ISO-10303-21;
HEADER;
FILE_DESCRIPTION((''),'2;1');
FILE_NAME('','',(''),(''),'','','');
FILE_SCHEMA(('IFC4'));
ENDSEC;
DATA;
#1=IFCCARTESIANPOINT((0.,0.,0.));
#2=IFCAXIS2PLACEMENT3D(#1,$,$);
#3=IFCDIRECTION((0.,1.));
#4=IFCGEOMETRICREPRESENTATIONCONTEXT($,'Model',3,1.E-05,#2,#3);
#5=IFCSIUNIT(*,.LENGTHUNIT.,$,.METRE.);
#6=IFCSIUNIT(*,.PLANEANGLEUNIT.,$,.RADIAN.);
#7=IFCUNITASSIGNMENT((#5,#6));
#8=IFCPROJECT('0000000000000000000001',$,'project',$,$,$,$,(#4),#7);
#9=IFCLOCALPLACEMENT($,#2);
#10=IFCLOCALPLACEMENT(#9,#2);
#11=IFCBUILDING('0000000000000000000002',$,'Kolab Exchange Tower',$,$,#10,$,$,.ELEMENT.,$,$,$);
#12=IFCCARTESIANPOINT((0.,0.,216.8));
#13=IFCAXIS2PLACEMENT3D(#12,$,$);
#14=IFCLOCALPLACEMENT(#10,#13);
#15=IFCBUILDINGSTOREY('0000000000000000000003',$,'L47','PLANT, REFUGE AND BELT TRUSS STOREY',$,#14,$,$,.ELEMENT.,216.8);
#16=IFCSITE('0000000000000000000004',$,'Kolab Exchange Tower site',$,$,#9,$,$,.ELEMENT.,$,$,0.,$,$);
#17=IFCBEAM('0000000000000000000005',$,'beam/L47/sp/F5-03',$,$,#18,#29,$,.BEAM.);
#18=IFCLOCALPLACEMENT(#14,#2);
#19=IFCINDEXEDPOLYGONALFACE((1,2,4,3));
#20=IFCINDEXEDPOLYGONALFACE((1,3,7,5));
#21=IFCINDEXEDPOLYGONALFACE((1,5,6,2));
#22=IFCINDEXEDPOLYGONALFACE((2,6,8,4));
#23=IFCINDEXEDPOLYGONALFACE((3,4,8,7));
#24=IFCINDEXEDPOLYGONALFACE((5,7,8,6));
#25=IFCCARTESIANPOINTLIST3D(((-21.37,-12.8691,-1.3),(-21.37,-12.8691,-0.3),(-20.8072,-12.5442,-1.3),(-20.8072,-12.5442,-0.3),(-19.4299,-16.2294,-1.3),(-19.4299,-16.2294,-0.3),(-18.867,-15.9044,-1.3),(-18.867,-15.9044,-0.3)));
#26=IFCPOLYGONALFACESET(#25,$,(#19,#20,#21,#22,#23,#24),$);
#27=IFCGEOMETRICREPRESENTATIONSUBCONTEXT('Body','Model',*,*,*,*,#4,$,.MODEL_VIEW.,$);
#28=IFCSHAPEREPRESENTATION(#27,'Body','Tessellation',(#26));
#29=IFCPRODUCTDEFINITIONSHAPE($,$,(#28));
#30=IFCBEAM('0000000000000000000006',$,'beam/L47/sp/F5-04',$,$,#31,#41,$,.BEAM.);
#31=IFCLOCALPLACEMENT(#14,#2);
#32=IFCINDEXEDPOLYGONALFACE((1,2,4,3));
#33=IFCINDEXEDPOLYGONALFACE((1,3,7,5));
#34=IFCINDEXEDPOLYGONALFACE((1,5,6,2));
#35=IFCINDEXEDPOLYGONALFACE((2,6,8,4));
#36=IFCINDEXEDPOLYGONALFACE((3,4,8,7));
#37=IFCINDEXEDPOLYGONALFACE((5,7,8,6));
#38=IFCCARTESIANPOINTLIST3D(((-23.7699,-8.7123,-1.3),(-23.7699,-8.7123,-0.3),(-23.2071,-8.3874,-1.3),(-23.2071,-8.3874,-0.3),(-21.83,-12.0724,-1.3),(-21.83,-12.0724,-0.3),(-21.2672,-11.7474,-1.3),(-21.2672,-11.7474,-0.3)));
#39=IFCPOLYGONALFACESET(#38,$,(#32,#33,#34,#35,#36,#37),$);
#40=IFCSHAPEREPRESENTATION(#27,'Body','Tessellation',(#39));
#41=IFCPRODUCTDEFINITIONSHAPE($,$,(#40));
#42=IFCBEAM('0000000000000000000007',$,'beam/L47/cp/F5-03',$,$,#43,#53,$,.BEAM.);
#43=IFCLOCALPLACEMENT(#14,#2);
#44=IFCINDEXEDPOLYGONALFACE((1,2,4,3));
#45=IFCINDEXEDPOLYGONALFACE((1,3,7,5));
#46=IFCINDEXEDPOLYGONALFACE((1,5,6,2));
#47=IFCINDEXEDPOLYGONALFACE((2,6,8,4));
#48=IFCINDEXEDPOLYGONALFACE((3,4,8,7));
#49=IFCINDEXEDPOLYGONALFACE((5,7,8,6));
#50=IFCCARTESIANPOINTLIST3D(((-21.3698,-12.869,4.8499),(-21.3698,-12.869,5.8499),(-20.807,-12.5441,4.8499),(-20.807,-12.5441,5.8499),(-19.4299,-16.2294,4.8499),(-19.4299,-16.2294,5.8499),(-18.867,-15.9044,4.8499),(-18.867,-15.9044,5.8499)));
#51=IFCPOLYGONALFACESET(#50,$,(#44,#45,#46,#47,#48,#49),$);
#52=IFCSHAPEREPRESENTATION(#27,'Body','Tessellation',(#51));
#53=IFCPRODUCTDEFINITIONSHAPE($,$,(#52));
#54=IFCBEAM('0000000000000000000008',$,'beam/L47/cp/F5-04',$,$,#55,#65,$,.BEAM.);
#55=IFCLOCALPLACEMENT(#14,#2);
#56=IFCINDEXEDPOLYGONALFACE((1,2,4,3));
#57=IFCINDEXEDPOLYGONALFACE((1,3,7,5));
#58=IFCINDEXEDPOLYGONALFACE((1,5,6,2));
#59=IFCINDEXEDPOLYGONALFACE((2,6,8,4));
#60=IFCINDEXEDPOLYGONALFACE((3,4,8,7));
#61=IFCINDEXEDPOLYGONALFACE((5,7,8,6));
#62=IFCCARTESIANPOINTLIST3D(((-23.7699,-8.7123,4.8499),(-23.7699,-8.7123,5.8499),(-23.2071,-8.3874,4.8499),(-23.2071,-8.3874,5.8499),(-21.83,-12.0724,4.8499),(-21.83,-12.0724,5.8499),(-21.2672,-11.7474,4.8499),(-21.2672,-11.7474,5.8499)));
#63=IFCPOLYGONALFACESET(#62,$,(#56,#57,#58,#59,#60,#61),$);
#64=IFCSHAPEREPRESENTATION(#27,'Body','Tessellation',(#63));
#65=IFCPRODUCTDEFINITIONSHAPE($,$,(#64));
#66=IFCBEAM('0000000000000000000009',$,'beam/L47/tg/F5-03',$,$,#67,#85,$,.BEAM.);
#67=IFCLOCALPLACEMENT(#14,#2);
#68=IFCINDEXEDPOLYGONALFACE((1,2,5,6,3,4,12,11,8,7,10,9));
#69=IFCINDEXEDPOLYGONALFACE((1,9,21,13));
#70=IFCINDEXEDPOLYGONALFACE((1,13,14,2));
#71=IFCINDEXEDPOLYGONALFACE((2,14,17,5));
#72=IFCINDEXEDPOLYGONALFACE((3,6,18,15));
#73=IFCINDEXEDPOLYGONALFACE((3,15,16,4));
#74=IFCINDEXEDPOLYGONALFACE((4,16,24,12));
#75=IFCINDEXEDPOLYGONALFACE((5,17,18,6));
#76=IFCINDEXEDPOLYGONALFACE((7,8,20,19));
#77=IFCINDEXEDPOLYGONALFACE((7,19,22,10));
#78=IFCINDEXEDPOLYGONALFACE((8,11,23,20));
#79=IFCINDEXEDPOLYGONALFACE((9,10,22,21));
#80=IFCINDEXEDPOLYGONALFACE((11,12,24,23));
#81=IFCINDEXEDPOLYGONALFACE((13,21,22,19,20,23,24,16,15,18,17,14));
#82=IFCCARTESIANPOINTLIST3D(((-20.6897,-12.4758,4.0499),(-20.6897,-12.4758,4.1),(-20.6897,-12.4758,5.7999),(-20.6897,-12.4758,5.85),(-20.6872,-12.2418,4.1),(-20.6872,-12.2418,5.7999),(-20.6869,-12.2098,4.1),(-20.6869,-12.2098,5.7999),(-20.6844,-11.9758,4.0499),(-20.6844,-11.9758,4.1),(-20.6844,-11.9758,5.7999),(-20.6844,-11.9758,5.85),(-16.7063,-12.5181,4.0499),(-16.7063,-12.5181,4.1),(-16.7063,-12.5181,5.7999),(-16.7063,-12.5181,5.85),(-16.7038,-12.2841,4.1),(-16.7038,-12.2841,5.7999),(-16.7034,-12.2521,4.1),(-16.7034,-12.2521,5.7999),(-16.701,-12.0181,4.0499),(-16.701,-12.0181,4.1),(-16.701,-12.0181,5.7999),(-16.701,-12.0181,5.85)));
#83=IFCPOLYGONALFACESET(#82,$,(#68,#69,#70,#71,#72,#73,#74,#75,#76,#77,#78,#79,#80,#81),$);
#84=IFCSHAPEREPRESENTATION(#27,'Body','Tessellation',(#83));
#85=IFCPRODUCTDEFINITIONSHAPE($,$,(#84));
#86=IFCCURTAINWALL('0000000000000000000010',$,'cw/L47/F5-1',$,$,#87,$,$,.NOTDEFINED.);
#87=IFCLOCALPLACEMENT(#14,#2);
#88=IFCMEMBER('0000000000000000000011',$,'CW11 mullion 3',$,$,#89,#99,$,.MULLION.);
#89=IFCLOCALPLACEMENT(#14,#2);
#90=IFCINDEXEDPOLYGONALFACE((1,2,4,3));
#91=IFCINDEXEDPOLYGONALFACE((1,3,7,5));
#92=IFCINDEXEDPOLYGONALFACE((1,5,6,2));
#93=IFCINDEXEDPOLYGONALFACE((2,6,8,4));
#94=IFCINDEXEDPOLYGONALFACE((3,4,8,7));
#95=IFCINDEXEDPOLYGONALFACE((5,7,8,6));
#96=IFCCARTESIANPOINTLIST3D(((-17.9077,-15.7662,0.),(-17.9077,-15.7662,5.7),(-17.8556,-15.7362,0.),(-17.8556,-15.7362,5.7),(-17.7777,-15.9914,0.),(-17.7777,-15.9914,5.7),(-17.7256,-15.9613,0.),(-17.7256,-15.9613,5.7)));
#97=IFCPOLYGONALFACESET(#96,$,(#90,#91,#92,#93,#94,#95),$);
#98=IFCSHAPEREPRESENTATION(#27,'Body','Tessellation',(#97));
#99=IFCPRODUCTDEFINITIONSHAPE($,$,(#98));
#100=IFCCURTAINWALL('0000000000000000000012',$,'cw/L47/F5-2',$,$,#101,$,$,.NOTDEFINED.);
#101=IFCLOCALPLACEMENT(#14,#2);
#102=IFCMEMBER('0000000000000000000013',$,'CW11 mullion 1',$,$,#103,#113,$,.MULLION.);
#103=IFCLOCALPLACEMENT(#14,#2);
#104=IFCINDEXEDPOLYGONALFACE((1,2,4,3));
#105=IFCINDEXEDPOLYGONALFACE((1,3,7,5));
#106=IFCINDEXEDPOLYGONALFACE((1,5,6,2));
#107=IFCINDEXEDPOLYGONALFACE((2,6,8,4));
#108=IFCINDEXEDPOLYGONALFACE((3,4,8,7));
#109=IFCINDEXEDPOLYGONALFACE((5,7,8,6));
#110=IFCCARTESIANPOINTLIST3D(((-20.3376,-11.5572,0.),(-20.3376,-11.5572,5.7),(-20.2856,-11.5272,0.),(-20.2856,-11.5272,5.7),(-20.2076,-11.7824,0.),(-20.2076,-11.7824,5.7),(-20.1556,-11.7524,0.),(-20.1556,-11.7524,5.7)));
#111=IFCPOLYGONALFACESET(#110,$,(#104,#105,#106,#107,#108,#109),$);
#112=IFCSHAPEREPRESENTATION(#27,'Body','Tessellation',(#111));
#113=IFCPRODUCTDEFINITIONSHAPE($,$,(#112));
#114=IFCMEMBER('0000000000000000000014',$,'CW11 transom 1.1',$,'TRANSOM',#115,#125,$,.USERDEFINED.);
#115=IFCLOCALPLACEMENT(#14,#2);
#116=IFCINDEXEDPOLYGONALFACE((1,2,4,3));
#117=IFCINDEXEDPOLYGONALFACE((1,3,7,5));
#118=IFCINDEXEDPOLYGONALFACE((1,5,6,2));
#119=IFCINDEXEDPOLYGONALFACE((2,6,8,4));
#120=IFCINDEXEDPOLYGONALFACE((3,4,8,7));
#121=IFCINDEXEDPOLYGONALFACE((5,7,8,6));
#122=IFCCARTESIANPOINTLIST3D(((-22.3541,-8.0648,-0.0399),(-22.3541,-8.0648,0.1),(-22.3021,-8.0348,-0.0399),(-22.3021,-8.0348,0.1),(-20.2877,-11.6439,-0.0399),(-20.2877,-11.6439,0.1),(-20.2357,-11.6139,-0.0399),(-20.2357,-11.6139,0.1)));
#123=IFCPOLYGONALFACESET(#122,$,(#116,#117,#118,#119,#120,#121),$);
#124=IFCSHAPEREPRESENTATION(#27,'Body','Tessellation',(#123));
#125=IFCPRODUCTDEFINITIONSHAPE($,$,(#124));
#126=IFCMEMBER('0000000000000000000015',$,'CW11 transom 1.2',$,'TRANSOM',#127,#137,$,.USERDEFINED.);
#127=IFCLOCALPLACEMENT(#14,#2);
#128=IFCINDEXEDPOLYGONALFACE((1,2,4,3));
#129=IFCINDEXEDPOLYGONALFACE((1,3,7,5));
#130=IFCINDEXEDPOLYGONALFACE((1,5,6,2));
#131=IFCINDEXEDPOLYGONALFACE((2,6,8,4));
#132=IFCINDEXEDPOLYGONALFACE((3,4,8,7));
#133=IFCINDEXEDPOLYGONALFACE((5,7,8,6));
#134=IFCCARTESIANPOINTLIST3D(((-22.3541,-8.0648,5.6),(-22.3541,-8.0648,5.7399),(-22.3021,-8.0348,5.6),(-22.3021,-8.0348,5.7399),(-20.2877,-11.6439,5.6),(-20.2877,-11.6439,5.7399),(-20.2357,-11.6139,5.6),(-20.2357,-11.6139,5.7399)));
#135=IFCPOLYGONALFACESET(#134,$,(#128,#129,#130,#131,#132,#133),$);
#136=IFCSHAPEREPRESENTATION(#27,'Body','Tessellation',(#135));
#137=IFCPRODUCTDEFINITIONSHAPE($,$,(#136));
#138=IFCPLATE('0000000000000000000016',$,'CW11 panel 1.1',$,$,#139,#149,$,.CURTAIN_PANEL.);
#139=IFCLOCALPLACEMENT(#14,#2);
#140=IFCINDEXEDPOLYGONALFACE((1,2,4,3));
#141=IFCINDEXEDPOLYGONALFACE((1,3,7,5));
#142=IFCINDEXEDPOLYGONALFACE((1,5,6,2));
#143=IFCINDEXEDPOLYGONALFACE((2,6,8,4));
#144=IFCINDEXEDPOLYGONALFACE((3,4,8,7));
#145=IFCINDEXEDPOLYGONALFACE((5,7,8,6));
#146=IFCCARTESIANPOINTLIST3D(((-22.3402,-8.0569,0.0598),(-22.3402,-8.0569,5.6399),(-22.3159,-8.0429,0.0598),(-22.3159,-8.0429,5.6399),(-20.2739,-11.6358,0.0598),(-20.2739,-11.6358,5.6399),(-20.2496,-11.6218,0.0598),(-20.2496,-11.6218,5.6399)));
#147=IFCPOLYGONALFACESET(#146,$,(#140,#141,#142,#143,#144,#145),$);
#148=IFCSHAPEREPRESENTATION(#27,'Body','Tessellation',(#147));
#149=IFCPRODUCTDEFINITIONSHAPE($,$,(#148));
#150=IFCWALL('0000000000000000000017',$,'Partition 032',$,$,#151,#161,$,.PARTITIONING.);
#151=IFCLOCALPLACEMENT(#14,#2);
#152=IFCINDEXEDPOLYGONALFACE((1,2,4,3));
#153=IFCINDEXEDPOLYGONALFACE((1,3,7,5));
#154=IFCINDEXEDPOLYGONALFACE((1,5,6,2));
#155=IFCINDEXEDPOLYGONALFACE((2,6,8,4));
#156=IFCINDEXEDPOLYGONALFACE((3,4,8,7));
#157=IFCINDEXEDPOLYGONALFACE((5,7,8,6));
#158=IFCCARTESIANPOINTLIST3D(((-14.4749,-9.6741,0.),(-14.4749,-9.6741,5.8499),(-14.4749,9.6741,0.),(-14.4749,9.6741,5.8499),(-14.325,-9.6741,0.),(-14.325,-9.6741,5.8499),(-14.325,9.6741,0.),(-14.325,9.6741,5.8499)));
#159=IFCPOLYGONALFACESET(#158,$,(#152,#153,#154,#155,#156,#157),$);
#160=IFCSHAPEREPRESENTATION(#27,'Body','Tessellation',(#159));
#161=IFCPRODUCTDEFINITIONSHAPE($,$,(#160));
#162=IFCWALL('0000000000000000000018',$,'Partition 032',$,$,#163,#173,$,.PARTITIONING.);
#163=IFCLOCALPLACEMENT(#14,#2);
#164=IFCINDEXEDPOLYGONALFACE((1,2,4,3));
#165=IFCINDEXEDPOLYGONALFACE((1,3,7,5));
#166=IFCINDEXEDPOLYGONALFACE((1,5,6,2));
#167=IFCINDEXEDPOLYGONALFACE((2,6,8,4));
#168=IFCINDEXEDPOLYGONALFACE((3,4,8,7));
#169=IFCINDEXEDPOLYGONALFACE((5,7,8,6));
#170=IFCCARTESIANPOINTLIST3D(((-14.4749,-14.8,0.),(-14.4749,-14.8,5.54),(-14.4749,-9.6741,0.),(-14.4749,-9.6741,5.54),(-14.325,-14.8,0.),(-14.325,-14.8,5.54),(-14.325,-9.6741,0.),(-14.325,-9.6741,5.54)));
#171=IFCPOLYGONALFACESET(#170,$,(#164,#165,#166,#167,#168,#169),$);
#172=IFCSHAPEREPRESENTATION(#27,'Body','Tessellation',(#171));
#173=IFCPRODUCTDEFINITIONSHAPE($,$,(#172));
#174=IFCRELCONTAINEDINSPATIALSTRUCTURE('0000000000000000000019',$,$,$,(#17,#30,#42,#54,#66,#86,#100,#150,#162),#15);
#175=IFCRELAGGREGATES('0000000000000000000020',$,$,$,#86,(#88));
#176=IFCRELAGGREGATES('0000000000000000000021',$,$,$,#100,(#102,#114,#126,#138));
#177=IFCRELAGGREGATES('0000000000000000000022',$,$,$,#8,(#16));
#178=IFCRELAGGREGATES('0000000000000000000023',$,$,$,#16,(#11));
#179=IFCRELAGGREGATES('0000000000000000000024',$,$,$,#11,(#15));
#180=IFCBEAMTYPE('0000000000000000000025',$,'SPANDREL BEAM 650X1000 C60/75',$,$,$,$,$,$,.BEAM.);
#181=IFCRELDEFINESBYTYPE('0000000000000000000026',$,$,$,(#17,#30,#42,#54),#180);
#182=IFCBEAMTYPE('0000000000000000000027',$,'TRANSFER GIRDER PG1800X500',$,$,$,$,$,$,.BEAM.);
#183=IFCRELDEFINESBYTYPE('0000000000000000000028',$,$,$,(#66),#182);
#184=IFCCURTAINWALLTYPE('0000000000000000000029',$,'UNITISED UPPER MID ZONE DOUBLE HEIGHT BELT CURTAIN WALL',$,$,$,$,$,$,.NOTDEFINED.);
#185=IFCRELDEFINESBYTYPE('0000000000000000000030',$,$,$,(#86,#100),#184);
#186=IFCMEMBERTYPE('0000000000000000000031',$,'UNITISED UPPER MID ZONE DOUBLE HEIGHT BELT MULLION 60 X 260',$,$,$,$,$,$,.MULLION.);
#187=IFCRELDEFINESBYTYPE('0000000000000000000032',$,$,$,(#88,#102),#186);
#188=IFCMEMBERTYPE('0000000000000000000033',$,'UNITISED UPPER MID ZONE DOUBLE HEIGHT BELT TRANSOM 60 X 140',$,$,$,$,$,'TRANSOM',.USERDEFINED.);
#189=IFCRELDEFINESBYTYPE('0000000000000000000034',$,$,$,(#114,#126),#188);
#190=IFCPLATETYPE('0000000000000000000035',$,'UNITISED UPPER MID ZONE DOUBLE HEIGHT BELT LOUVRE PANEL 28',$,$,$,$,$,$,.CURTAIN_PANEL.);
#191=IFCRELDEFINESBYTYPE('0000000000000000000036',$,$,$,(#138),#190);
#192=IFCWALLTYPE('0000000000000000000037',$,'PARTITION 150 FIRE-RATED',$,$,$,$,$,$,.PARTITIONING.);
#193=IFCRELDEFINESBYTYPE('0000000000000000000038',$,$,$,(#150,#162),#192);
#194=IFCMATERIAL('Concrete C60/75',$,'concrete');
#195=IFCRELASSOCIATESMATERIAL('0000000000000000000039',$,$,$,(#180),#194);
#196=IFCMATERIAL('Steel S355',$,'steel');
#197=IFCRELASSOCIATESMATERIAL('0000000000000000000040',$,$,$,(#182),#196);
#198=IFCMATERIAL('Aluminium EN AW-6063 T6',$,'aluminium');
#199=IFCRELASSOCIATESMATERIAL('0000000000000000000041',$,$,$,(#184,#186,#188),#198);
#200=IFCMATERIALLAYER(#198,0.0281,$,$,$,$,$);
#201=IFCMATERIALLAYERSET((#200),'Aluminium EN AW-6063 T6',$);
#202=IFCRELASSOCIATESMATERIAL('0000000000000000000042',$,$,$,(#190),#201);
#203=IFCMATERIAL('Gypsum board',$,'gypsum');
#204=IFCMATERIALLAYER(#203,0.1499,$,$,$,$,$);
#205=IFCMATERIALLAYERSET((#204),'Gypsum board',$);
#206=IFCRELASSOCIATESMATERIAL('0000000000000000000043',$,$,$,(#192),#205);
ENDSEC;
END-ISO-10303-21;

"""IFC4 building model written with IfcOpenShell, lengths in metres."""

from ifc_helpers import new_model, si_unit, direction, frame, frame_2d, origin, origin_2d, place, context, subcontext, project, spatial, rectangle, i_section, extrude, material, layer, layer_set, material_profile, profile_set, type_object, element, aggregate, save


model = new_model("IFC4")

# Units and contexts
model_context = context("Model", 3, precision=1e-05, world=origin(), true_north=direction((0.0, 1.0)))
body_context = subcontext(model_context, "Body", "Model", "MODEL_VIEW")
ifc_project = project(units=[si_unit("LENGTHUNIT", "METRE"), si_unit("PLANEANGLEUNIT", "RADIAN")], contexts=[model_context])

# Site, building, storey
site_placement = place(None, origin())
site = spatial("IfcSite", under=ifc_project, at=site_placement, Name="Kolab Exchange Tower site", CompositionType="ELEMENT", RefElevation=0.0)
building_placement = place(site_placement, origin())
building = spatial("IfcBuilding", under=site, at=building_placement, Name="Kolab Exchange Tower", CompositionType="ELEMENT")
storey_placement = place(building_placement, frame((0.0, 0.0, 216.8)))
storey = spatial("IfcBuildingStorey", under=building, at=storey_placement, Name="L47", Description="PLANT, REFUGE AND BELT TRUSS STOREY", CompositionType="ELEMENT", Elevation=216.8)

# Shared definitions
ifc_material_1 = material(Name="Concrete C60/75", Category="concrete")

# Shared definitions
ifc_material_2 = material(Name="Steel S355", Category="steel")

# Beams
ifc_material_profile_1 = material_profile(ifc_material_1, rectangle(XDim=0.6499, YDim=1.0, at=origin_2d()), Name="RC650X1000")
ifc_profile_set_1 = profile_set([ifc_material_profile_1], Name="Concrete C60/75")
beam_type_1 = type_object("IfcBeamType", Name="SPANDREL BEAM 650X1000 C60/75", PredefinedType="BEAM", material=ifc_profile_set_1)
beam_1_placement = place(storey_placement, frame((-19.1484, -16.0669, -0.8), z_axis=(-0.500017, 0.866016, 0.0), x_axis=(-0.866016, -0.500017, 0.0)))
element("IfcBeam", 1, at=beam_1_placement, inside=storey, type_object=beam_type_1, Name="beam/L47/sp/F5-03", PredefinedType="BEAM", context=body_context, shape_type="SweptSolid", body=[
    extrude(rectangle(XDim=0.6499, YDim=1.0, at=origin_2d()), origin(), (0.0, 0.0, 1.0), 3.8801),
])
beam_2_placement = place(storey_placement, frame((-21.5486, -11.9099, -0.8), z_axis=(-0.499997, 0.866027, 0.0), x_axis=(-0.866027, -0.499997, 0.0)))
element("IfcBeam", 2, at=beam_2_placement, inside=storey, type_object=beam_type_1, Name="beam/L47/sp/F5-04", PredefinedType="BEAM", context=body_context, shape_type="SweptSolid", body=[
    extrude(rectangle(XDim=0.6499, YDim=1.0, at=origin_2d()), origin(), (0.0, 0.0, 1.0), 3.8799),
])
beam_3_placement = place(storey_placement, frame((-19.1484, -16.0669, 5.3499), z_axis=(-0.499969, 0.866043, 0.0), x_axis=(-0.866043, -0.499969, 0.0)))
element("IfcBeam", 3, at=beam_3_placement, inside=storey, type_object=beam_type_1, Name="beam/L47/cp/F5-03", PredefinedType="BEAM", context=body_context, shape_type="SweptSolid", body=[
    extrude(rectangle(XDim=0.6499, YDim=1.0, at=origin_2d()), origin(), (0.0, 0.0, 1.0), 3.8801),
])
beam_4_placement = place(storey_placement, frame((-21.5486, -11.9099, 5.3499), z_axis=(-0.499997, 0.866027, 0.0), x_axis=(-0.866027, -0.499997, 0.0)))
element("IfcBeam", 4, at=beam_4_placement, inside=storey, type_object=beam_type_1, Name="beam/L47/cp/F5-04", PredefinedType="BEAM", context=body_context, shape_type="SweptSolid", body=[
    extrude(rectangle(XDim=0.6499, YDim=1.0, at=origin_2d()), origin(), (0.0, 0.0, 1.0), 3.8799),
])
ifc_material_profile_2 = material_profile(ifc_material_2, i_section(OverallWidth=0.5, OverallDepth=1.8, WebThickness=0.032, FlangeThickness=0.05, at=origin_2d()), Name="PG1800X500")
ifc_profile_set_2 = profile_set([ifc_material_profile_2], Name="Steel S355")
beam_type_2 = type_object("IfcBeamType", Name="TRANSFER GIRDER PG1800X500", PredefinedType="BEAM", material=ifc_profile_set_2)
beam_5_placement = place(storey_placement, frame((-16.7036, -12.2681, 4.95), z_axis=(-0.999944, 0.010602, 0.0), x_axis=(-0.010602, -0.999944, 0.0)))
element("IfcBeam", 5, at=beam_5_placement, inside=storey, type_object=beam_type_2, Name="beam/L47/tg/F5-03", PredefinedType="BEAM", context=body_context, shape_type="SweptSolid", body=[
    extrude(i_section(OverallWidth=0.5, OverallDepth=1.8, WebThickness=0.032, FlangeThickness=0.05, at=origin_2d()), origin(), (0.0, 0.0, 1.0), 3.9836),
])

# Curtain wall, member
ifc_material_3 = material(Name="Aluminium EN AW-6063 T6", Category="aluminium")
curtain_wall_type = type_object("IfcCurtainWallType", Name="UNITISED UPPER MID ZONE DOUBLE HEIGHT BELT CURTAIN WALL", PredefinedType="NOTDEFINED", material=ifc_material_3)
curtain_wall_1_placement = place(storey_placement, origin())
curtain_wall_1 = element("IfcCurtainWall", 6, at=curtain_wall_1_placement, inside=storey, type_object=curtain_wall_type, Name="cw/L47/F5-1", PredefinedType="NOTDEFINED")
ifc_material_profile_3 = material_profile(ifc_material_3, rectangle(XDim=0.0601, YDim=0.26, at=origin_2d()), Name="RECT 60X260")
ifc_profile_set_3 = profile_set([ifc_material_profile_3], Name="Aluminium EN AW-6063 T6")
member_type_1 = type_object("IfcMemberType", Name="UNITISED UPPER MID ZONE DOUBLE HEIGHT BELT MULLION 60 X 260", PredefinedType="MULLION", material=ifc_profile_set_3)
member_1_placement = place(storey_placement, frame((-17.8167, -15.8638, 0.0), z_axis=(0.0, 0.0, 1.0), x_axis=(-0.866025, -0.5, 0.0)))
member_1 = element("IfcMember", 7, at=member_1_placement, type_object=member_type_1, Name="CW11 mullion 3", PredefinedType="MULLION", context=body_context, shape_type="SweptSolid", body=[
    extrude(rectangle(XDim=0.0601, YDim=0.26, at=origin_2d()), origin(), (0.0, 0.0, 1.0), 5.7),
])
aggregate(curtain_wall_1, [member_1])

# Curtain wall, members, plate
curtain_wall_2_placement = place(storey_placement, origin())
curtain_wall_2 = element("IfcCurtainWall", 8, at=curtain_wall_2_placement, inside=storey, type_object=curtain_wall_type, Name="cw/L47/F5-2", PredefinedType="NOTDEFINED")
member_2_placement = place(storey_placement, frame((-20.2466, -11.6548, 0.0), z_axis=(0.0, 0.0, 1.0), x_axis=(-0.866025, -0.5, 0.0)))
member_2 = element("IfcMember", 9, at=member_2_placement, type_object=member_type_1, Name="CW11 mullion 1", PredefinedType="MULLION", context=body_context, shape_type="SweptSolid", body=[
    extrude(rectangle(XDim=0.0601, YDim=0.26, at=origin_2d()), origin(), (0.0, 0.0, 1.0), 5.7),
])
ifc_material_profile_4 = material_profile(ifc_material_3, rectangle(XDim=0.0601, YDim=0.1399, at=origin_2d()), Name="RECT 60X140")
ifc_profile_set_4 = profile_set([ifc_material_profile_4], Name="Aluminium EN AW-6063 T6")
member_type_2 = type_object("IfcMemberType", Name="UNITISED UPPER MID ZONE DOUBLE HEIGHT BELT TRANSOM 60 X 140", ElementType="TRANSOM", PredefinedType="USERDEFINED", material=ifc_profile_set_4)
member_3_placement = place(storey_placement, frame((-20.2617, -11.6289, 0.03), z_axis=(-0.500002, 0.866024, 0.0), x_axis=(-0.866024, -0.500002, 0.0)))
member_3 = element("IfcMember", 10, at=member_3_placement, type_object=member_type_2, Name="CW11 transom 1.1", ObjectType="TRANSOM", PredefinedType="USERDEFINED", context=body_context, shape_type="SweptSolid", body=[
    extrude(rectangle(XDim=0.0601, YDim=0.1399, at=origin_2d()), origin(), (0.0, 0.0, 1.0), 4.1328),
])
member_4_placement = place(storey_placement, frame((-20.2617, -11.6289, 5.6699), z_axis=(-0.500002, 0.866024, 0.0), x_axis=(-0.866024, -0.500002, 0.0)))
member_4 = element("IfcMember", 11, at=member_4_placement, type_object=member_type_2, Name="CW11 transom 1.2", ObjectType="TRANSOM", PredefinedType="USERDEFINED", context=body_context, shape_type="SweptSolid", body=[
    extrude(rectangle(XDim=0.0601, YDim=0.1399, at=origin_2d()), origin(), (0.0, 0.0, 1.0), 4.1328),
])
ifc_layer_1 = layer(ifc_material_3, 0.0281)
ifc_layer_set_1 = layer_set([ifc_layer_1], Name="Aluminium EN AW-6063 T6")
plate_type = type_object("IfcPlateType", Name="UNITISED UPPER MID ZONE DOUBLE HEIGHT BELT LOUVRE PANEL 28", PredefinedType="CURTAIN_PANEL", material=ifc_layer_set_1)
plate_placement = place(storey_placement, frame((-21.2949, -9.8394, 0.0598), z_axis=(0.0, 0.0, 1.0), x_axis=(-0.5, 0.866025, 0.0)))
plate = element("IfcPlate", 12, at=plate_placement, type_object=plate_type, Name="CW11 panel 1.1", PredefinedType="CURTAIN_PANEL", context=body_context, shape_type="SweptSolid", body=[
    extrude(rectangle(XDim=4.1326, YDim=0.0281, at=origin_2d()), origin(), (0.0, 0.0, 1.0), 5.5801),
])
aggregate(curtain_wall_2, [member_2, member_3, member_4, plate])

# Walls
ifc_material_4 = material(Name="Gypsum board", Category="gypsum")
ifc_layer_2 = layer(ifc_material_4, 0.1499)
ifc_layer_set_2 = layer_set([ifc_layer_2], Name="Gypsum board")
wall_type_1 = type_object("IfcWallType", Name="PARTITION 150 FIRE-RATED", PredefinedType="PARTITIONING", material=ifc_layer_set_2)
wall_1_placement = place(storey_placement, frame((-14.3999, -9.6741, 0.0), z_axis=(0.0, 0.0, 1.0), x_axis=(0.0, 1.0, 0.0)))
element("IfcWall", 13, at=wall_1_placement, inside=storey, type_object=wall_type_1, Name="Partition 032", PredefinedType="PARTITIONING", context=body_context, shape_type="SweptSolid", body=[
    extrude(rectangle(XDim=19.3481, YDim=0.1499, at=frame_2d((9.6741, 0.0))), origin(), (0.0, 0.0, 1.0), 5.8499),
])
wall_2_placement = place(storey_placement, frame((-14.3999, -14.8, 0.0), z_axis=(0.0, 0.0, 1.0), x_axis=(0.0, 1.0, 0.0)))
element("IfcWall", 14, at=wall_2_placement, inside=storey, type_object=wall_type_1, Name="Partition 032", PredefinedType="PARTITIONING", context=body_context, shape_type="SweptSolid", body=[
    extrude(rectangle(XDim=5.126, YDim=0.1499, at=frame_2d((2.563, 0.0))), origin(), (0.0, 0.0, 1.0), 5.54),
])

save(model, "model.ifc")
